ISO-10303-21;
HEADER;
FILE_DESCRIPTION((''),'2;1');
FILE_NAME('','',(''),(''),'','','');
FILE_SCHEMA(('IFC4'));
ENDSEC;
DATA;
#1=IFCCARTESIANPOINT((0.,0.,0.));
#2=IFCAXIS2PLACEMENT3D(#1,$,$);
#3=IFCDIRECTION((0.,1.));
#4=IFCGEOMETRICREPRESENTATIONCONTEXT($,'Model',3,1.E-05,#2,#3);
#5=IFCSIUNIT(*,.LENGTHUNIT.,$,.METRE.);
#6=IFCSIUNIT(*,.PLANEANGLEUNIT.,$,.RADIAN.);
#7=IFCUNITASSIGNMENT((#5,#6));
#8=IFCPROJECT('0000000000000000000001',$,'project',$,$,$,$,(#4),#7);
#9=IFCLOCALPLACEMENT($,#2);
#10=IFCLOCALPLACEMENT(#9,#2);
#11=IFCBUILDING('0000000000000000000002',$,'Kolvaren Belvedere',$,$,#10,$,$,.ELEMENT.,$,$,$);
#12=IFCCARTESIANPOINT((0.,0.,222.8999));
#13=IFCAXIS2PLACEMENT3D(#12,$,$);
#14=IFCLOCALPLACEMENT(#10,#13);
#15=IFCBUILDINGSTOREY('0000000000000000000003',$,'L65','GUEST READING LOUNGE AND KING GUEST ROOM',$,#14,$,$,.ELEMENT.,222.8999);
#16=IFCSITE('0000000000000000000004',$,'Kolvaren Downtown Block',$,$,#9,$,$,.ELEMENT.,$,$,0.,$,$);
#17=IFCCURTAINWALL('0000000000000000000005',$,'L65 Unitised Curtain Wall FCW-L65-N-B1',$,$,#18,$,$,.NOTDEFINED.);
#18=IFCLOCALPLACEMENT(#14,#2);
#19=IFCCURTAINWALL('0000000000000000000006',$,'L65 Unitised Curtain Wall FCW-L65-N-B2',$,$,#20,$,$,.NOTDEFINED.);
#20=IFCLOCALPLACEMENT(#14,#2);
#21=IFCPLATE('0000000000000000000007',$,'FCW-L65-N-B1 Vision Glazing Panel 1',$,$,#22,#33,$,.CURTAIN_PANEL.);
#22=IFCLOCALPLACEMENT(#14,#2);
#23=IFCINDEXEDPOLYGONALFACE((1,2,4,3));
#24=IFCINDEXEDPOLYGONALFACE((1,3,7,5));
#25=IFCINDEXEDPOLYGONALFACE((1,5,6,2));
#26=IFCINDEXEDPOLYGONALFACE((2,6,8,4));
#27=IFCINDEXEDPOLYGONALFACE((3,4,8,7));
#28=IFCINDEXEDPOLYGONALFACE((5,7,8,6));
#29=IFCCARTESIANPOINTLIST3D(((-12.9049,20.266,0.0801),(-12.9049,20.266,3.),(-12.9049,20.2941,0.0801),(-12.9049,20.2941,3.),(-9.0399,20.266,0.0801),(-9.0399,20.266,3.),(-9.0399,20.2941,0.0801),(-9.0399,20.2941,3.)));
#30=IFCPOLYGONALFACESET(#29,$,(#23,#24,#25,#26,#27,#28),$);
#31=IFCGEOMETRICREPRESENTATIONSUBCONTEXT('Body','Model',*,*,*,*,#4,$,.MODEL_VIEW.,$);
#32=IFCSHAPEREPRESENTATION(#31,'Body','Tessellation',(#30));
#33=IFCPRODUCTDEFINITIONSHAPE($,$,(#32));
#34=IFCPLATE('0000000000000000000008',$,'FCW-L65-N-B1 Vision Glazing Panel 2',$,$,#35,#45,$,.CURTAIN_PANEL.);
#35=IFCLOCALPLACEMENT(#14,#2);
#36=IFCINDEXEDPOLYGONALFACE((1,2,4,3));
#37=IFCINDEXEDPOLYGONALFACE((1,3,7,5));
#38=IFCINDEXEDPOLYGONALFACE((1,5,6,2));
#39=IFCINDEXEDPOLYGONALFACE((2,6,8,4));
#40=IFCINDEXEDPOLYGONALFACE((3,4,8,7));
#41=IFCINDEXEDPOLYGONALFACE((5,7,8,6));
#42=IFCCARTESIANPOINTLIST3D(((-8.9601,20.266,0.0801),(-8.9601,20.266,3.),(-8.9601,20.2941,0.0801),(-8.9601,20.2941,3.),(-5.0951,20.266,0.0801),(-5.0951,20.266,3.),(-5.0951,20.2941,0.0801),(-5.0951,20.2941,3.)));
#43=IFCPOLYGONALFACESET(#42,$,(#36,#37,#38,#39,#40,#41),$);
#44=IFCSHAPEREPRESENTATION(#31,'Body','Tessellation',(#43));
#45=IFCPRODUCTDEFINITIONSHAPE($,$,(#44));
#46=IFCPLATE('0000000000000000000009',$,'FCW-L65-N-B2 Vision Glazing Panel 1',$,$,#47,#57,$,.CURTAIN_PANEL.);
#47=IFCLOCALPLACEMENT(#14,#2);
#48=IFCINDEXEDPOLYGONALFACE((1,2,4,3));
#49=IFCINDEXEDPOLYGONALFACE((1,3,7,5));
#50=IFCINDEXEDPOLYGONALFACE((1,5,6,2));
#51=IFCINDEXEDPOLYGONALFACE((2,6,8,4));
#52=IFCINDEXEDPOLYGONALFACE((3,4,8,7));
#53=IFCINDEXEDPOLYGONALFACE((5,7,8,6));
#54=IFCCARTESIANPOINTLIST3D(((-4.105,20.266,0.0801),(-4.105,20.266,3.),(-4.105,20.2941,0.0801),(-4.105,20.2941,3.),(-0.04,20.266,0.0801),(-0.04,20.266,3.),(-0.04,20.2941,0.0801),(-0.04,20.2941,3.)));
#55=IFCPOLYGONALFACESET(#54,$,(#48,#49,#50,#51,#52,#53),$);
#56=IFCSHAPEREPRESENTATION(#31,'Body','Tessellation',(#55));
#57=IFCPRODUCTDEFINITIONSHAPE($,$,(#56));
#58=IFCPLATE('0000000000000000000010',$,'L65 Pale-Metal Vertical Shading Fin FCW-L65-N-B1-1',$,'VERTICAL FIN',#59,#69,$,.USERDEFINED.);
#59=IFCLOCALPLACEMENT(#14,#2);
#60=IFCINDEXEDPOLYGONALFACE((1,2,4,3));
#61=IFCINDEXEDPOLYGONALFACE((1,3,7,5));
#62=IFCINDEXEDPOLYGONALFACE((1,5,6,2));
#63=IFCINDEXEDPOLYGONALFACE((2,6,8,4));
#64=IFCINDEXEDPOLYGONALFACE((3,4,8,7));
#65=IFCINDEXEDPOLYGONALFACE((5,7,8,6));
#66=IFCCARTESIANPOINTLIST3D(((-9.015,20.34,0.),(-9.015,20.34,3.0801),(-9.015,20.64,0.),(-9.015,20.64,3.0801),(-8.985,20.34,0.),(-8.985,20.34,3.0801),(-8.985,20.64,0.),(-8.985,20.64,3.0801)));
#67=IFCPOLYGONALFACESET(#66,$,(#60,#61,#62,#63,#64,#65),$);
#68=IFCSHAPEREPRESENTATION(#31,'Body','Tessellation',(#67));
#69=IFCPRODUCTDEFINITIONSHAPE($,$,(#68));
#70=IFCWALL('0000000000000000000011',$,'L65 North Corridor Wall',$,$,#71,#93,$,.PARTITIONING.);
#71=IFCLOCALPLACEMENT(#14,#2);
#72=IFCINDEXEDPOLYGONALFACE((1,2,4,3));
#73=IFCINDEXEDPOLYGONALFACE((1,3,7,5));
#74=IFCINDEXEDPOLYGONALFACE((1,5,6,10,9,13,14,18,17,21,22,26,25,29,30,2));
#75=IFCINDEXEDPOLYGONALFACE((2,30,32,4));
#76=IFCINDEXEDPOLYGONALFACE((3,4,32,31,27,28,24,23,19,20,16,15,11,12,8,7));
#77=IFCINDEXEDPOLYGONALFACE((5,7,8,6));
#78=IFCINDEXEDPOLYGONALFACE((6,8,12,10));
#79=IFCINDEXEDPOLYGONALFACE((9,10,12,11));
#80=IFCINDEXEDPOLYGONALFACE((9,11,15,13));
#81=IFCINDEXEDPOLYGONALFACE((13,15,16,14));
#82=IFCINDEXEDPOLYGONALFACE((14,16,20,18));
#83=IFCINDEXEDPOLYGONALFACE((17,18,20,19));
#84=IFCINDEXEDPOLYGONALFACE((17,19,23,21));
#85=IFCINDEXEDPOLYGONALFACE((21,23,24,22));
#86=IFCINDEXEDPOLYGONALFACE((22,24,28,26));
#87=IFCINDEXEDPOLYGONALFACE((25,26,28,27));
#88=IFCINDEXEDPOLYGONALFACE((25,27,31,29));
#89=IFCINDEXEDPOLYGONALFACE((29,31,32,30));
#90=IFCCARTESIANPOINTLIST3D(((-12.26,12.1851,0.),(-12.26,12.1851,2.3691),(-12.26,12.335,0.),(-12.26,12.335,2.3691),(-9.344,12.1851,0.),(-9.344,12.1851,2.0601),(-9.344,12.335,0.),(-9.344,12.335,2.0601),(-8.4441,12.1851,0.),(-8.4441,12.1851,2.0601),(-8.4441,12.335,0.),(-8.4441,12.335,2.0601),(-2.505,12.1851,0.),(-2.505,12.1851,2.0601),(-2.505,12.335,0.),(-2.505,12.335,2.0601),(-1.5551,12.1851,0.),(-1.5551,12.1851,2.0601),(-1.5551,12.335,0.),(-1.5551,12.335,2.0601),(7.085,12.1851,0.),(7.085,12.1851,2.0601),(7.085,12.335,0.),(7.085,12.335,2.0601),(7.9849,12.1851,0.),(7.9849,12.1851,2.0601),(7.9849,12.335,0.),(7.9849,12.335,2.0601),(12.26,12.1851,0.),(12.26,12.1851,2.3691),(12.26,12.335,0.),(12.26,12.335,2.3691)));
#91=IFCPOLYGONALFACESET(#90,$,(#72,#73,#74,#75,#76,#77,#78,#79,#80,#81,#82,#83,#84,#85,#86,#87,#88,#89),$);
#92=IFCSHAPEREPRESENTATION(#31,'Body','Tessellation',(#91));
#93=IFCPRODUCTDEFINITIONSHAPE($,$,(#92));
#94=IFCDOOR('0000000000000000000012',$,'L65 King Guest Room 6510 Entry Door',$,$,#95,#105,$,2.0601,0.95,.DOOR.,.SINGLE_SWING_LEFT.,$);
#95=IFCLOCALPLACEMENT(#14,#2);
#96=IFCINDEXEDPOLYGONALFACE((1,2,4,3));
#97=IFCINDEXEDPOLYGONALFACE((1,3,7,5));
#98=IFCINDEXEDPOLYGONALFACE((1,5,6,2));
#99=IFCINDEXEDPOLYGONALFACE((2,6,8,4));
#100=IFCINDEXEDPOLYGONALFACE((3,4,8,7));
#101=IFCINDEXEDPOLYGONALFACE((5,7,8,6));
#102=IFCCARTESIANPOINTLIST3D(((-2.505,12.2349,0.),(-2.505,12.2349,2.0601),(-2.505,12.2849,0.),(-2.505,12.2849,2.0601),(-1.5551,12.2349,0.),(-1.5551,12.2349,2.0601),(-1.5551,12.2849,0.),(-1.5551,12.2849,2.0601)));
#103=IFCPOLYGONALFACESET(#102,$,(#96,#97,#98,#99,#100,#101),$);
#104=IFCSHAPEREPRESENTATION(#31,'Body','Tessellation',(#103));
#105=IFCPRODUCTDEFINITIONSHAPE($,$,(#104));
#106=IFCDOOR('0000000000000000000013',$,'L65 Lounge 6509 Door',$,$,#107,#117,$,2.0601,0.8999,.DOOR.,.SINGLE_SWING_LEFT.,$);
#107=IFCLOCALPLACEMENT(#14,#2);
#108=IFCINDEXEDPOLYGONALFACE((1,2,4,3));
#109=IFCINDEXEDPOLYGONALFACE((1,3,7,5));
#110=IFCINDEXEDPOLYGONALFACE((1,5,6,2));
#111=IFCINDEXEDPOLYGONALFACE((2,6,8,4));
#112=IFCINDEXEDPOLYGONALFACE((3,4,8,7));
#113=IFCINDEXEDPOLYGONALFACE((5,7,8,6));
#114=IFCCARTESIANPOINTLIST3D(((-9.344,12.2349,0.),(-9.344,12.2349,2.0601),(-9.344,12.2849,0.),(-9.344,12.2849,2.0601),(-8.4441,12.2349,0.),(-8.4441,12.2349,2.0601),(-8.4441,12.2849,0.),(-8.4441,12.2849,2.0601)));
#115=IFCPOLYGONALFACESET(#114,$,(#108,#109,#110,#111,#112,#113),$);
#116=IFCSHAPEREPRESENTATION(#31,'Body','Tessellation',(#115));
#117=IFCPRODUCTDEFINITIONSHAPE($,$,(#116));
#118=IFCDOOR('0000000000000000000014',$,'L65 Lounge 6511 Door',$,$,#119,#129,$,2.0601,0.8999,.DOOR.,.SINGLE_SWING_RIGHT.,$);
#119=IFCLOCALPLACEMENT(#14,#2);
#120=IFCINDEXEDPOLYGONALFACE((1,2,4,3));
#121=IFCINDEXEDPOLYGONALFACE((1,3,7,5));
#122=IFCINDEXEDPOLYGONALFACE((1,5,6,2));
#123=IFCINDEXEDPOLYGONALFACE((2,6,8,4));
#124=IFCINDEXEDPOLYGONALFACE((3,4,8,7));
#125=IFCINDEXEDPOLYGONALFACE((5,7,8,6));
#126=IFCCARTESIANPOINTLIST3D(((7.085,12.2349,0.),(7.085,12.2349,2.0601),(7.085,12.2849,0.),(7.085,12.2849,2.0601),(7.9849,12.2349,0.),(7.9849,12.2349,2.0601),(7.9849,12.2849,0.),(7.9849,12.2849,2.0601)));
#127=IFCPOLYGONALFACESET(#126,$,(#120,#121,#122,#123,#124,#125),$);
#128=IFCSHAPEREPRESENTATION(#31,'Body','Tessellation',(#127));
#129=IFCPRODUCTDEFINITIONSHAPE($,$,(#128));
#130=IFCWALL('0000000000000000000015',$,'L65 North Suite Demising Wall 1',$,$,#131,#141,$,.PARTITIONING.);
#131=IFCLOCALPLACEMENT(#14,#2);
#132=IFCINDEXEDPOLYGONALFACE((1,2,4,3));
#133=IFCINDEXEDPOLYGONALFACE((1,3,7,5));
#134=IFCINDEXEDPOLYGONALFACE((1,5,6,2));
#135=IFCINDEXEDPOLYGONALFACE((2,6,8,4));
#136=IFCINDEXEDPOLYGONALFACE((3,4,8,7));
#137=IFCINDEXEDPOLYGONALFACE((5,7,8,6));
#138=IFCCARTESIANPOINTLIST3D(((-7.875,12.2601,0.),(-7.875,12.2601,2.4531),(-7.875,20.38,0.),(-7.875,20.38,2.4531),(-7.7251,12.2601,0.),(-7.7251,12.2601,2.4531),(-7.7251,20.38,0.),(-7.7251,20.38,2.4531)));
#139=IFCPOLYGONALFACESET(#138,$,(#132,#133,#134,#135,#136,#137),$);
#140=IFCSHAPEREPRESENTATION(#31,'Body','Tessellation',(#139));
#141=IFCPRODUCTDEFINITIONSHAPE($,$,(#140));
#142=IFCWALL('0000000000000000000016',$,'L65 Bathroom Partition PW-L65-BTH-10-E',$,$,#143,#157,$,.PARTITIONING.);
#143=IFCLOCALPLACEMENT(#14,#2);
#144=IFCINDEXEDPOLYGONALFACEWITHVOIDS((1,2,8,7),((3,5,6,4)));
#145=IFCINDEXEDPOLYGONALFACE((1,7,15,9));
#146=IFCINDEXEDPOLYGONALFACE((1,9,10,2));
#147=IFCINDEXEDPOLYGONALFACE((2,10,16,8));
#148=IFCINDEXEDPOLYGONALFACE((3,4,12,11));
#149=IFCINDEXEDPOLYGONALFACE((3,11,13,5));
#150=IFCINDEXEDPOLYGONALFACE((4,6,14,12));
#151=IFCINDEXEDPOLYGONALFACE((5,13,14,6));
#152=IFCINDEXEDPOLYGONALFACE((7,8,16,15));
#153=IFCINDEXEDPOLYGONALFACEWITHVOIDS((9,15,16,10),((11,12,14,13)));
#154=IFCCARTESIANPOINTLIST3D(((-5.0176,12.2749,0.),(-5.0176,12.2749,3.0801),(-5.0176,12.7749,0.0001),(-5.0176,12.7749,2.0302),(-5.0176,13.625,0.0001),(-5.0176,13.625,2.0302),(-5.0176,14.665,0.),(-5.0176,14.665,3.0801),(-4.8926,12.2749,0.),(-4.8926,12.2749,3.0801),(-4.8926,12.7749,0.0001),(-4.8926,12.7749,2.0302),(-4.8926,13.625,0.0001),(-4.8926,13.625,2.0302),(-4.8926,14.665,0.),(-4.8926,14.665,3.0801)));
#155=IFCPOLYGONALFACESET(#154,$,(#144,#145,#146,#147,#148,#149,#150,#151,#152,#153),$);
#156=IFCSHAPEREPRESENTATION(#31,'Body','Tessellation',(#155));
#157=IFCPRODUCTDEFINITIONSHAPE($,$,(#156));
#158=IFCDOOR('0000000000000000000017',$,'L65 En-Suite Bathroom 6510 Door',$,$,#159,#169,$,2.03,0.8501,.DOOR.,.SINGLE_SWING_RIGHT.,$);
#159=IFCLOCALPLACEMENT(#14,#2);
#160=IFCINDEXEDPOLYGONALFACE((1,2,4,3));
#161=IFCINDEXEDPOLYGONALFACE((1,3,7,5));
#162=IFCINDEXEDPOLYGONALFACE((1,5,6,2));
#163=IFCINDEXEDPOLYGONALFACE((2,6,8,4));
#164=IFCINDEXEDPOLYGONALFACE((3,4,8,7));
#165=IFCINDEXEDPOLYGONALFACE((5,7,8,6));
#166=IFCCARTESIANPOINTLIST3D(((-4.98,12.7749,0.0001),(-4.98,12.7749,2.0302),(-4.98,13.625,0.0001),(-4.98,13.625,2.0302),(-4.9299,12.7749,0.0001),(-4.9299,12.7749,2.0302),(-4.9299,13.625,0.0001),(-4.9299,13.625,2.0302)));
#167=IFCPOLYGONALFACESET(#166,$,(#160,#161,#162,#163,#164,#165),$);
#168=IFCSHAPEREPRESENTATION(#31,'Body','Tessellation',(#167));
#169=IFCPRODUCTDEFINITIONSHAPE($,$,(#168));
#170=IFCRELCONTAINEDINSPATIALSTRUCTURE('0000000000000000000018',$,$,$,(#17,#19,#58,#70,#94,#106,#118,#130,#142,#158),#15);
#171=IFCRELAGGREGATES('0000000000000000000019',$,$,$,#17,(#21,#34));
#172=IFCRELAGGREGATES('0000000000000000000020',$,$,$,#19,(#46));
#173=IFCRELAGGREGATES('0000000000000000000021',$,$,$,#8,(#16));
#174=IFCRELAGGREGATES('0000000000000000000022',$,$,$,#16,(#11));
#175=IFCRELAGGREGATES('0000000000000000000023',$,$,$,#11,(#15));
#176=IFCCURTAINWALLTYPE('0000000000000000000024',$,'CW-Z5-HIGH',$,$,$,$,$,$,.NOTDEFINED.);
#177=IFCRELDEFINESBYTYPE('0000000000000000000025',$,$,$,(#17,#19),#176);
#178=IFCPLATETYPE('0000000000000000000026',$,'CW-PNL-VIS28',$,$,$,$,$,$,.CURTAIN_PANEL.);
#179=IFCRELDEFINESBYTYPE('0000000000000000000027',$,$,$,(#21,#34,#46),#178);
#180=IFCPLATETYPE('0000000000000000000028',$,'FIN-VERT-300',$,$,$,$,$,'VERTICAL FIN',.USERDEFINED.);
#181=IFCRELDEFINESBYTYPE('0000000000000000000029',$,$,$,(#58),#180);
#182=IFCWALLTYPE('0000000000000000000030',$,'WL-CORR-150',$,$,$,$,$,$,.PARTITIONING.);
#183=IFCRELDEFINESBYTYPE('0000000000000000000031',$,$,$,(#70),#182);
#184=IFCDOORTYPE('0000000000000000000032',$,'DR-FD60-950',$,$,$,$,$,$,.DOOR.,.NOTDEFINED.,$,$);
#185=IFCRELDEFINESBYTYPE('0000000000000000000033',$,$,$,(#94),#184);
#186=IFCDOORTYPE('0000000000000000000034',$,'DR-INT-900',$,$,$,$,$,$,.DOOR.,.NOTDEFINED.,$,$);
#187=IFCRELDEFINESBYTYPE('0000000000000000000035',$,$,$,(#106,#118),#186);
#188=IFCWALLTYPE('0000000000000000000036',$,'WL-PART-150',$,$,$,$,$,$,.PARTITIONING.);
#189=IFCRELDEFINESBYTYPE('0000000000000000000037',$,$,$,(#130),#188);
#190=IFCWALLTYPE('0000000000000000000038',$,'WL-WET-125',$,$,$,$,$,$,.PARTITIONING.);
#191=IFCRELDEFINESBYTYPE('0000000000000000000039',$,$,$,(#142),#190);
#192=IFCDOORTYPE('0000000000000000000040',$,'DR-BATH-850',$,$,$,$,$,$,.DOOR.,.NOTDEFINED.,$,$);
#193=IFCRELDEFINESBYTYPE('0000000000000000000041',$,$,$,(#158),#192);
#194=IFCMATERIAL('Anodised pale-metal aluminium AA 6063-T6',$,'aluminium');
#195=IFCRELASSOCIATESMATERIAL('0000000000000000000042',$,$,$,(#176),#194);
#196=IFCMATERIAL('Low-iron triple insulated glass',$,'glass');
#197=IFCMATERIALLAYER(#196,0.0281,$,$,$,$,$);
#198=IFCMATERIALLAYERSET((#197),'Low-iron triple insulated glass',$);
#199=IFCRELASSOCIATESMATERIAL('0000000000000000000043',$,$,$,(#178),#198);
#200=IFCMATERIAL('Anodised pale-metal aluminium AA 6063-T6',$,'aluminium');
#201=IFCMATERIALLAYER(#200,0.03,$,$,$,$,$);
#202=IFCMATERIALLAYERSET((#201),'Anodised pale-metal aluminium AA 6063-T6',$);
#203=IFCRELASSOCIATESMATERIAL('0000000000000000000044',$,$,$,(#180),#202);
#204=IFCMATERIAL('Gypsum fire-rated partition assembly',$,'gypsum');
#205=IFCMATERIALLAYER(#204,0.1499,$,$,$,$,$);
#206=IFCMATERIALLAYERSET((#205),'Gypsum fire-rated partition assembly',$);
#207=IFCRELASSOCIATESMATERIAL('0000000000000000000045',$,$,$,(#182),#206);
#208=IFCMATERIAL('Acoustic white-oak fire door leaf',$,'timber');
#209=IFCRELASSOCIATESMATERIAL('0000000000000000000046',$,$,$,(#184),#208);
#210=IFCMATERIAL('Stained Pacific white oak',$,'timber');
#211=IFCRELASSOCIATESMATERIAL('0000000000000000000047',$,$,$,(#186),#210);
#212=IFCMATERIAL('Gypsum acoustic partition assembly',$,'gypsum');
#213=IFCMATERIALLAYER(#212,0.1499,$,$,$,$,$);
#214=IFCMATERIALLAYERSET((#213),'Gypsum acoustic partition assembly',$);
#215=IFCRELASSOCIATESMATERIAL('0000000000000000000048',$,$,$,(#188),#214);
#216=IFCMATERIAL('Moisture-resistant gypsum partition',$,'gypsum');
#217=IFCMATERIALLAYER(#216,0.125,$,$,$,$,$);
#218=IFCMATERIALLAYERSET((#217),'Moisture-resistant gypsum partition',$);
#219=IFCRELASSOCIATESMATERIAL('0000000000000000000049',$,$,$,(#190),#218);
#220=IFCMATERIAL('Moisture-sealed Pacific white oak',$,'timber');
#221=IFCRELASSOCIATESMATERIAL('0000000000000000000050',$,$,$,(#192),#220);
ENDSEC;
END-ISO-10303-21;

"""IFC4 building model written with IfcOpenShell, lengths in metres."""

from ifc_helpers import new_model, si_unit, direction, frame, frame_2d, origin, origin_2d, place, context, subcontext, project, spatial, rectangle, extrude, material, layer, layer_set, type_object, element, fill, aggregate, save


model = new_model("IFC4")

# Units and contexts
model_context = context("Model", 3, precision=1e-05, world=origin(), true_north=direction((0.0, 1.0)))
body_context = subcontext(model_context, "Body", "Model", "MODEL_VIEW")
ifc_project = project(units=[si_unit("LENGTHUNIT", "METRE"), si_unit("PLANEANGLEUNIT", "RADIAN")], contexts=[model_context])

# Site, building, storey
site_placement = place(None, origin())
site = spatial("IfcSite", under=ifc_project, at=site_placement, Name="Kolvaren Downtown Block", CompositionType="ELEMENT", RefElevation=0.0)
building_placement = place(site_placement, origin())
building = spatial("IfcBuilding", under=site, at=building_placement, Name="Kolvaren Belvedere", CompositionType="ELEMENT")
storey_placement = place(building_placement, frame((0.0, 0.0, 222.8999)))
storey = spatial("IfcBuildingStorey", under=building, at=storey_placement, Name="L65", Description="GUEST READING LOUNGE AND KING GUEST ROOM", CompositionType="ELEMENT", Elevation=222.8999)

# Curtain wall
ifc_material_1 = material(Name="Anodised pale-metal aluminium AA 6063-T6", Category="aluminium")
curtain_wall_type = type_object("IfcCurtainWallType", Name="CW-Z5-HIGH", PredefinedType="NOTDEFINED", material=ifc_material_1)
curtain_wall_1_placement = place(storey_placement, origin())
curtain_wall_1 = element("IfcCurtainWall", 1, at=curtain_wall_1_placement, inside=storey, type_object=curtain_wall_type, Name="L65 Unitised Curtain Wall FCW-L65-N-B1", PredefinedType="NOTDEFINED")

# Curtain wall
curtain_wall_2_placement = place(storey_placement, origin())
curtain_wall_2 = element("IfcCurtainWall", 2, at=curtain_wall_2_placement, inside=storey, type_object=curtain_wall_type, Name="L65 Unitised Curtain Wall FCW-L65-N-B2", PredefinedType="NOTDEFINED")

# Plates
ifc_material_2 = material(Name="Low-iron triple insulated glass", Category="glass")
ifc_layer_1 = layer(ifc_material_2, 0.0281)
ifc_layer_set_1 = layer_set([ifc_layer_1], Name="Low-iron triple insulated glass")
plate_type_1 = type_object("IfcPlateType", Name="CW-PNL-VIS28", PredefinedType="CURTAIN_PANEL", material=ifc_layer_set_1)
plate_1_placement = place(storey_placement, frame((-10.9724, 20.28, 0.0801), z_axis=(0.0, 0.0, 1.0), x_axis=(1.0, 0.0, 0.0)))
plate_1 = element("IfcPlate", 3, at=plate_1_placement, type_object=plate_type_1, Name="FCW-L65-N-B1 Vision Glazing Panel 1", PredefinedType="CURTAIN_PANEL", context=body_context, shape_type="SweptSolid", body=[
    extrude(rectangle(XDim=3.865, YDim=0.0281, at=origin_2d()), origin(), (0.0, 0.0, 1.0), 2.9199),
])
plate_2_placement = place(storey_placement, frame((-7.0276, 20.28, 0.0801), z_axis=(0.0, 0.0, 1.0), x_axis=(1.0, 0.0, 0.0)))
plate_2 = element("IfcPlate", 4, at=plate_2_placement, type_object=plate_type_1, Name="FCW-L65-N-B1 Vision Glazing Panel 2", PredefinedType="CURTAIN_PANEL", context=body_context, shape_type="SweptSolid", body=[
    extrude(rectangle(XDim=3.865, YDim=0.0281, at=origin_2d()), origin(), (0.0, 0.0, 1.0), 2.9199),
])
aggregate(curtain_wall_1, [plate_1, plate_2])
plate_3_placement = place(storey_placement, frame((-2.0725, 20.28, 0.0801), z_axis=(0.0, 0.0, 1.0), x_axis=(1.0, 0.0, 0.0)))
plate_3 = element("IfcPlate", 5, at=plate_3_placement, type_object=plate_type_1, Name="FCW-L65-N-B2 Vision Glazing Panel 1", PredefinedType="CURTAIN_PANEL", context=body_context, shape_type="SweptSolid", body=[
    extrude(rectangle(XDim=4.0649, YDim=0.0281, at=origin_2d()), origin(), (0.0, 0.0, 1.0), 2.9199),
])
aggregate(curtain_wall_2, [plate_3])
ifc_material_3 = material(Name="Anodised pale-metal aluminium AA 6063-T6", Category="aluminium")
ifc_layer_2 = layer(ifc_material_3, 0.03)
ifc_layer_set_2 = layer_set([ifc_layer_2], Name="Anodised pale-metal aluminium AA 6063-T6")
plate_type_2 = type_object("IfcPlateType", Name="FIN-VERT-300", ElementType="VERTICAL FIN", PredefinedType="USERDEFINED", material=ifc_layer_set_2)
plate_4_placement = place(storey_placement, frame((-9.0, 20.49, 0.0), z_axis=(0.0, 0.0, 1.0), x_axis=(0.0, 1.0, 0.0)))
element("IfcPlate", 6, at=plate_4_placement, inside=storey, type_object=plate_type_2, Name="L65 Pale-Metal Vertical Shading Fin FCW-L65-N-B1-1", ObjectType="VERTICAL FIN", PredefinedType="USERDEFINED", context=body_context, shape_type="SweptSolid", body=[
    extrude(rectangle(XDim=0.3, YDim=0.03, at=origin_2d()), origin(), (0.0, 0.0, 1.0), 3.0801),
])

# Wall, openings, doors
ifc_material_4 = material(Name="Gypsum fire-rated partition assembly", Category="gypsum")
ifc_layer_3 = layer(ifc_material_4, 0.1499)
ifc_layer_set_3 = layer_set([ifc_layer_3], Name="Gypsum fire-rated partition assembly")
wall_type_1 = type_object("IfcWallType", Name="WL-CORR-150", PredefinedType="PARTITIONING", material=ifc_layer_set_3)
wall_1_placement = place(storey_placement, frame((-12.26, 12.26, 0.0), z_axis=(0.0, 0.0, 1.0), x_axis=(1.0, 0.0, 0.0)))
wall_1 = element("IfcWall", 7, at=wall_1_placement, inside=storey, type_object=wall_type_1, Name="L65 North Corridor Wall", PredefinedType="PARTITIONING", context=body_context, shape_type="SweptSolid", body=[
    extrude(rectangle(XDim=24.52, YDim=0.1499, at=frame_2d((12.26, 0.0))), origin(), (0.0, 0.0, 1.0), 2.3691),
])
opening_1_placement = place(wall_1_placement, frame((2.916, 0.0, 0.0)))
opening_1 = element("IfcOpeningElement", 8, at=opening_1_placement, cuts=wall_1, PredefinedType="OPENING", context=body_context, shape_type="SweptSolid", body=[
    extrude(rectangle(XDim=0.8999, YDim=2.0601, at=frame_2d((0.45, 1.03))), frame((0.0, 0.085, 0.0), z_axis=(0.0, -1.0, 0.0), x_axis=(1.0, 0.0, 0.0)), (0.0, 0.0, 1.0), 0.1699),
])
opening_2_placement = place(wall_1_placement, frame((9.7549, 0.0, 0.0)))
opening_2 = element("IfcOpeningElement", 9, at=opening_2_placement, cuts=wall_1, PredefinedType="OPENING", context=body_context, shape_type="SweptSolid", body=[
    extrude(rectangle(XDim=0.95, YDim=2.0601, at=frame_2d((0.4751, 1.03))), frame((0.0, 0.085, 0.0), z_axis=(0.0, -1.0, 0.0), x_axis=(1.0, 0.0, 0.0)), (0.0, 0.0, 1.0), 0.1699),
])
opening_3_placement = place(wall_1_placement, frame((19.345, 0.0, 0.0)))
opening_3 = element("IfcOpeningElement", 10, at=opening_3_placement, cuts=wall_1, PredefinedType="OPENING", context=body_context, shape_type="SweptSolid", body=[
    extrude(rectangle(XDim=0.8999, YDim=2.0601, at=frame_2d((0.45, 1.03))), frame((0.0, 0.085, 0.0), z_axis=(0.0, -1.0, 0.0), x_axis=(1.0, 0.0, 0.0)), (0.0, 0.0, 1.0), 0.1699),
])
ifc_material_5 = material(Name="Acoustic white-oak fire door leaf", Category="timber")
door_type_1 = type_object("IfcDoorType", Name="DR-FD60-950", OperationType="NOTDEFINED", PredefinedType="DOOR", material=ifc_material_5)
door_1_placement = place(opening_2_placement, origin())
door_1 = element("IfcDoor", 11, at=door_1_placement, inside=storey, type_object=door_type_1, Name="L65 King Guest Room 6510 Entry Door", OperationType="SINGLE_SWING_LEFT", OverallHeight=2.0601, OverallWidth=0.95, PredefinedType="DOOR", context=body_context, shape_type="SweptSolid", body=[
    extrude(rectangle(XDim=0.95, YDim=2.0601, at=frame_2d((0.4751, 1.03))), frame((0.0, 0.0249, 0.0), z_axis=(0.0, -1.0, 0.0), x_axis=(1.0, 0.0, 0.0)), (0.0, 0.0, 1.0), 0.05),
])
fill(opening_2, door_1)
ifc_material_6 = material(Name="Stained Pacific white oak", Category="timber")
door_type_2 = type_object("IfcDoorType", Name="DR-INT-900", OperationType="NOTDEFINED", PredefinedType="DOOR", material=ifc_material_6)
door_2_placement = place(opening_1_placement, origin())
door_2 = element("IfcDoor", 12, at=door_2_placement, inside=storey, type_object=door_type_2, Name="L65 Lounge 6509 Door", OperationType="SINGLE_SWING_LEFT", OverallHeight=2.0601, OverallWidth=0.8999, PredefinedType="DOOR", context=body_context, shape_type="SweptSolid", body=[
    extrude(rectangle(XDim=0.8999, YDim=2.0601, at=frame_2d((0.45, 1.03))), frame((0.0, 0.0249, 0.0), z_axis=(0.0, -1.0, 0.0), x_axis=(1.0, 0.0, 0.0)), (0.0, 0.0, 1.0), 0.05),
])
fill(opening_1, door_2)
door_3_placement = place(opening_3_placement, origin())
door_3 = element("IfcDoor", 13, at=door_3_placement, inside=storey, type_object=door_type_2, Name="L65 Lounge 6511 Door", OperationType="SINGLE_SWING_RIGHT", OverallHeight=2.0601, OverallWidth=0.8999, PredefinedType="DOOR", context=body_context, shape_type="SweptSolid", body=[
    extrude(rectangle(XDim=0.8999, YDim=2.0601, at=frame_2d((0.45, 1.03))), frame((0.0, 0.0249, 0.0), z_axis=(0.0, -1.0, 0.0), x_axis=(1.0, 0.0, 0.0)), (0.0, 0.0, 1.0), 0.05),
])
fill(opening_3, door_3)

# Wall
ifc_material_7 = material(Name="Gypsum acoustic partition assembly", Category="gypsum")
ifc_layer_4 = layer(ifc_material_7, 0.1499)
ifc_layer_set_4 = layer_set([ifc_layer_4], Name="Gypsum acoustic partition assembly")
wall_type_2 = type_object("IfcWallType", Name="WL-PART-150", PredefinedType="PARTITIONING", material=ifc_layer_set_4)
wall_2_placement = place(storey_placement, frame((-7.8, 12.26, 0.0), z_axis=(0.0, 0.0, 1.0), x_axis=(0.0, 1.0, 0.0)))
element("IfcWall", 14, at=wall_2_placement, inside=storey, type_object=wall_type_2, Name="L65 North Suite Demising Wall 1", PredefinedType="PARTITIONING", context=body_context, shape_type="SweptSolid", body=[
    extrude(rectangle(XDim=8.1199, YDim=0.1499, at=frame_2d((4.0601, 0.0))), origin(), (0.0, 0.0, 1.0), 2.4531),
])

# Wall, opening, door
ifc_material_8 = material(Name="Moisture-resistant gypsum partition", Category="gypsum")
ifc_layer_5 = layer(ifc_material_8, 0.125)
ifc_layer_set_5 = layer_set([ifc_layer_5], Name="Moisture-resistant gypsum partition")
wall_type_3 = type_object("IfcWallType", Name="WL-WET-125", PredefinedType="PARTITIONING", material=ifc_layer_set_5)
wall_3_placement = place(storey_placement, frame((-4.9551, 12.2749, 0.0), z_axis=(0.0, 0.0, 1.0), x_axis=(0.0, 1.0, 0.0)))
wall_3 = element("IfcWall", 15, at=wall_3_placement, inside=storey, type_object=wall_type_3, Name="L65 Bathroom Partition PW-L65-BTH-10-E", PredefinedType="PARTITIONING", context=body_context, shape_type="SweptSolid", body=[
    extrude(rectangle(XDim=2.3901, YDim=0.125, at=frame_2d((1.1951, 0.0))), origin(), (0.0, 0.0, 1.0), 3.0801),
])
opening_4_placement = place(wall_3_placement, frame((0.5, 0.0, 0.0)))
opening_4 = element("IfcOpeningElement", 16, at=opening_4_placement, cuts=wall_3, PredefinedType="OPENING", context=body_context, shape_type="SweptSolid", body=[
    extrude(rectangle(XDim=0.8501, YDim=2.03, at=frame_2d((0.425, 1.0151))), frame((0.0, 0.0725, 0.0), z_axis=(0.0, -1.0, 0.0), x_axis=(1.0, 0.0, 0.0)), (0.0, 0.0, 1.0), 0.145),
])
ifc_material_9 = material(Name="Moisture-sealed Pacific white oak", Category="timber")
door_type_3 = type_object("IfcDoorType", Name="DR-BATH-850", OperationType="NOTDEFINED", PredefinedType="DOOR", material=ifc_material_9)
door_4_placement = place(opening_4_placement, origin())
door_4 = element("IfcDoor", 17, at=door_4_placement, inside=storey, type_object=door_type_3, Name="L65 En-Suite Bathroom 6510 Door", OperationType="SINGLE_SWING_RIGHT", OverallHeight=2.03, OverallWidth=0.8501, PredefinedType="DOOR", context=body_context, shape_type="SweptSolid", body=[
    extrude(rectangle(XDim=0.8501, YDim=2.03, at=frame_2d((0.425, 1.0151))), frame((0.0, 0.0249, 0.0), z_axis=(0.0, -1.0, 0.0), x_axis=(1.0, 0.0, 0.0)), (0.0, 0.0, 1.0), 0.05),
])
fill(opening_4, door_4)

save(model, "model.ifc")
